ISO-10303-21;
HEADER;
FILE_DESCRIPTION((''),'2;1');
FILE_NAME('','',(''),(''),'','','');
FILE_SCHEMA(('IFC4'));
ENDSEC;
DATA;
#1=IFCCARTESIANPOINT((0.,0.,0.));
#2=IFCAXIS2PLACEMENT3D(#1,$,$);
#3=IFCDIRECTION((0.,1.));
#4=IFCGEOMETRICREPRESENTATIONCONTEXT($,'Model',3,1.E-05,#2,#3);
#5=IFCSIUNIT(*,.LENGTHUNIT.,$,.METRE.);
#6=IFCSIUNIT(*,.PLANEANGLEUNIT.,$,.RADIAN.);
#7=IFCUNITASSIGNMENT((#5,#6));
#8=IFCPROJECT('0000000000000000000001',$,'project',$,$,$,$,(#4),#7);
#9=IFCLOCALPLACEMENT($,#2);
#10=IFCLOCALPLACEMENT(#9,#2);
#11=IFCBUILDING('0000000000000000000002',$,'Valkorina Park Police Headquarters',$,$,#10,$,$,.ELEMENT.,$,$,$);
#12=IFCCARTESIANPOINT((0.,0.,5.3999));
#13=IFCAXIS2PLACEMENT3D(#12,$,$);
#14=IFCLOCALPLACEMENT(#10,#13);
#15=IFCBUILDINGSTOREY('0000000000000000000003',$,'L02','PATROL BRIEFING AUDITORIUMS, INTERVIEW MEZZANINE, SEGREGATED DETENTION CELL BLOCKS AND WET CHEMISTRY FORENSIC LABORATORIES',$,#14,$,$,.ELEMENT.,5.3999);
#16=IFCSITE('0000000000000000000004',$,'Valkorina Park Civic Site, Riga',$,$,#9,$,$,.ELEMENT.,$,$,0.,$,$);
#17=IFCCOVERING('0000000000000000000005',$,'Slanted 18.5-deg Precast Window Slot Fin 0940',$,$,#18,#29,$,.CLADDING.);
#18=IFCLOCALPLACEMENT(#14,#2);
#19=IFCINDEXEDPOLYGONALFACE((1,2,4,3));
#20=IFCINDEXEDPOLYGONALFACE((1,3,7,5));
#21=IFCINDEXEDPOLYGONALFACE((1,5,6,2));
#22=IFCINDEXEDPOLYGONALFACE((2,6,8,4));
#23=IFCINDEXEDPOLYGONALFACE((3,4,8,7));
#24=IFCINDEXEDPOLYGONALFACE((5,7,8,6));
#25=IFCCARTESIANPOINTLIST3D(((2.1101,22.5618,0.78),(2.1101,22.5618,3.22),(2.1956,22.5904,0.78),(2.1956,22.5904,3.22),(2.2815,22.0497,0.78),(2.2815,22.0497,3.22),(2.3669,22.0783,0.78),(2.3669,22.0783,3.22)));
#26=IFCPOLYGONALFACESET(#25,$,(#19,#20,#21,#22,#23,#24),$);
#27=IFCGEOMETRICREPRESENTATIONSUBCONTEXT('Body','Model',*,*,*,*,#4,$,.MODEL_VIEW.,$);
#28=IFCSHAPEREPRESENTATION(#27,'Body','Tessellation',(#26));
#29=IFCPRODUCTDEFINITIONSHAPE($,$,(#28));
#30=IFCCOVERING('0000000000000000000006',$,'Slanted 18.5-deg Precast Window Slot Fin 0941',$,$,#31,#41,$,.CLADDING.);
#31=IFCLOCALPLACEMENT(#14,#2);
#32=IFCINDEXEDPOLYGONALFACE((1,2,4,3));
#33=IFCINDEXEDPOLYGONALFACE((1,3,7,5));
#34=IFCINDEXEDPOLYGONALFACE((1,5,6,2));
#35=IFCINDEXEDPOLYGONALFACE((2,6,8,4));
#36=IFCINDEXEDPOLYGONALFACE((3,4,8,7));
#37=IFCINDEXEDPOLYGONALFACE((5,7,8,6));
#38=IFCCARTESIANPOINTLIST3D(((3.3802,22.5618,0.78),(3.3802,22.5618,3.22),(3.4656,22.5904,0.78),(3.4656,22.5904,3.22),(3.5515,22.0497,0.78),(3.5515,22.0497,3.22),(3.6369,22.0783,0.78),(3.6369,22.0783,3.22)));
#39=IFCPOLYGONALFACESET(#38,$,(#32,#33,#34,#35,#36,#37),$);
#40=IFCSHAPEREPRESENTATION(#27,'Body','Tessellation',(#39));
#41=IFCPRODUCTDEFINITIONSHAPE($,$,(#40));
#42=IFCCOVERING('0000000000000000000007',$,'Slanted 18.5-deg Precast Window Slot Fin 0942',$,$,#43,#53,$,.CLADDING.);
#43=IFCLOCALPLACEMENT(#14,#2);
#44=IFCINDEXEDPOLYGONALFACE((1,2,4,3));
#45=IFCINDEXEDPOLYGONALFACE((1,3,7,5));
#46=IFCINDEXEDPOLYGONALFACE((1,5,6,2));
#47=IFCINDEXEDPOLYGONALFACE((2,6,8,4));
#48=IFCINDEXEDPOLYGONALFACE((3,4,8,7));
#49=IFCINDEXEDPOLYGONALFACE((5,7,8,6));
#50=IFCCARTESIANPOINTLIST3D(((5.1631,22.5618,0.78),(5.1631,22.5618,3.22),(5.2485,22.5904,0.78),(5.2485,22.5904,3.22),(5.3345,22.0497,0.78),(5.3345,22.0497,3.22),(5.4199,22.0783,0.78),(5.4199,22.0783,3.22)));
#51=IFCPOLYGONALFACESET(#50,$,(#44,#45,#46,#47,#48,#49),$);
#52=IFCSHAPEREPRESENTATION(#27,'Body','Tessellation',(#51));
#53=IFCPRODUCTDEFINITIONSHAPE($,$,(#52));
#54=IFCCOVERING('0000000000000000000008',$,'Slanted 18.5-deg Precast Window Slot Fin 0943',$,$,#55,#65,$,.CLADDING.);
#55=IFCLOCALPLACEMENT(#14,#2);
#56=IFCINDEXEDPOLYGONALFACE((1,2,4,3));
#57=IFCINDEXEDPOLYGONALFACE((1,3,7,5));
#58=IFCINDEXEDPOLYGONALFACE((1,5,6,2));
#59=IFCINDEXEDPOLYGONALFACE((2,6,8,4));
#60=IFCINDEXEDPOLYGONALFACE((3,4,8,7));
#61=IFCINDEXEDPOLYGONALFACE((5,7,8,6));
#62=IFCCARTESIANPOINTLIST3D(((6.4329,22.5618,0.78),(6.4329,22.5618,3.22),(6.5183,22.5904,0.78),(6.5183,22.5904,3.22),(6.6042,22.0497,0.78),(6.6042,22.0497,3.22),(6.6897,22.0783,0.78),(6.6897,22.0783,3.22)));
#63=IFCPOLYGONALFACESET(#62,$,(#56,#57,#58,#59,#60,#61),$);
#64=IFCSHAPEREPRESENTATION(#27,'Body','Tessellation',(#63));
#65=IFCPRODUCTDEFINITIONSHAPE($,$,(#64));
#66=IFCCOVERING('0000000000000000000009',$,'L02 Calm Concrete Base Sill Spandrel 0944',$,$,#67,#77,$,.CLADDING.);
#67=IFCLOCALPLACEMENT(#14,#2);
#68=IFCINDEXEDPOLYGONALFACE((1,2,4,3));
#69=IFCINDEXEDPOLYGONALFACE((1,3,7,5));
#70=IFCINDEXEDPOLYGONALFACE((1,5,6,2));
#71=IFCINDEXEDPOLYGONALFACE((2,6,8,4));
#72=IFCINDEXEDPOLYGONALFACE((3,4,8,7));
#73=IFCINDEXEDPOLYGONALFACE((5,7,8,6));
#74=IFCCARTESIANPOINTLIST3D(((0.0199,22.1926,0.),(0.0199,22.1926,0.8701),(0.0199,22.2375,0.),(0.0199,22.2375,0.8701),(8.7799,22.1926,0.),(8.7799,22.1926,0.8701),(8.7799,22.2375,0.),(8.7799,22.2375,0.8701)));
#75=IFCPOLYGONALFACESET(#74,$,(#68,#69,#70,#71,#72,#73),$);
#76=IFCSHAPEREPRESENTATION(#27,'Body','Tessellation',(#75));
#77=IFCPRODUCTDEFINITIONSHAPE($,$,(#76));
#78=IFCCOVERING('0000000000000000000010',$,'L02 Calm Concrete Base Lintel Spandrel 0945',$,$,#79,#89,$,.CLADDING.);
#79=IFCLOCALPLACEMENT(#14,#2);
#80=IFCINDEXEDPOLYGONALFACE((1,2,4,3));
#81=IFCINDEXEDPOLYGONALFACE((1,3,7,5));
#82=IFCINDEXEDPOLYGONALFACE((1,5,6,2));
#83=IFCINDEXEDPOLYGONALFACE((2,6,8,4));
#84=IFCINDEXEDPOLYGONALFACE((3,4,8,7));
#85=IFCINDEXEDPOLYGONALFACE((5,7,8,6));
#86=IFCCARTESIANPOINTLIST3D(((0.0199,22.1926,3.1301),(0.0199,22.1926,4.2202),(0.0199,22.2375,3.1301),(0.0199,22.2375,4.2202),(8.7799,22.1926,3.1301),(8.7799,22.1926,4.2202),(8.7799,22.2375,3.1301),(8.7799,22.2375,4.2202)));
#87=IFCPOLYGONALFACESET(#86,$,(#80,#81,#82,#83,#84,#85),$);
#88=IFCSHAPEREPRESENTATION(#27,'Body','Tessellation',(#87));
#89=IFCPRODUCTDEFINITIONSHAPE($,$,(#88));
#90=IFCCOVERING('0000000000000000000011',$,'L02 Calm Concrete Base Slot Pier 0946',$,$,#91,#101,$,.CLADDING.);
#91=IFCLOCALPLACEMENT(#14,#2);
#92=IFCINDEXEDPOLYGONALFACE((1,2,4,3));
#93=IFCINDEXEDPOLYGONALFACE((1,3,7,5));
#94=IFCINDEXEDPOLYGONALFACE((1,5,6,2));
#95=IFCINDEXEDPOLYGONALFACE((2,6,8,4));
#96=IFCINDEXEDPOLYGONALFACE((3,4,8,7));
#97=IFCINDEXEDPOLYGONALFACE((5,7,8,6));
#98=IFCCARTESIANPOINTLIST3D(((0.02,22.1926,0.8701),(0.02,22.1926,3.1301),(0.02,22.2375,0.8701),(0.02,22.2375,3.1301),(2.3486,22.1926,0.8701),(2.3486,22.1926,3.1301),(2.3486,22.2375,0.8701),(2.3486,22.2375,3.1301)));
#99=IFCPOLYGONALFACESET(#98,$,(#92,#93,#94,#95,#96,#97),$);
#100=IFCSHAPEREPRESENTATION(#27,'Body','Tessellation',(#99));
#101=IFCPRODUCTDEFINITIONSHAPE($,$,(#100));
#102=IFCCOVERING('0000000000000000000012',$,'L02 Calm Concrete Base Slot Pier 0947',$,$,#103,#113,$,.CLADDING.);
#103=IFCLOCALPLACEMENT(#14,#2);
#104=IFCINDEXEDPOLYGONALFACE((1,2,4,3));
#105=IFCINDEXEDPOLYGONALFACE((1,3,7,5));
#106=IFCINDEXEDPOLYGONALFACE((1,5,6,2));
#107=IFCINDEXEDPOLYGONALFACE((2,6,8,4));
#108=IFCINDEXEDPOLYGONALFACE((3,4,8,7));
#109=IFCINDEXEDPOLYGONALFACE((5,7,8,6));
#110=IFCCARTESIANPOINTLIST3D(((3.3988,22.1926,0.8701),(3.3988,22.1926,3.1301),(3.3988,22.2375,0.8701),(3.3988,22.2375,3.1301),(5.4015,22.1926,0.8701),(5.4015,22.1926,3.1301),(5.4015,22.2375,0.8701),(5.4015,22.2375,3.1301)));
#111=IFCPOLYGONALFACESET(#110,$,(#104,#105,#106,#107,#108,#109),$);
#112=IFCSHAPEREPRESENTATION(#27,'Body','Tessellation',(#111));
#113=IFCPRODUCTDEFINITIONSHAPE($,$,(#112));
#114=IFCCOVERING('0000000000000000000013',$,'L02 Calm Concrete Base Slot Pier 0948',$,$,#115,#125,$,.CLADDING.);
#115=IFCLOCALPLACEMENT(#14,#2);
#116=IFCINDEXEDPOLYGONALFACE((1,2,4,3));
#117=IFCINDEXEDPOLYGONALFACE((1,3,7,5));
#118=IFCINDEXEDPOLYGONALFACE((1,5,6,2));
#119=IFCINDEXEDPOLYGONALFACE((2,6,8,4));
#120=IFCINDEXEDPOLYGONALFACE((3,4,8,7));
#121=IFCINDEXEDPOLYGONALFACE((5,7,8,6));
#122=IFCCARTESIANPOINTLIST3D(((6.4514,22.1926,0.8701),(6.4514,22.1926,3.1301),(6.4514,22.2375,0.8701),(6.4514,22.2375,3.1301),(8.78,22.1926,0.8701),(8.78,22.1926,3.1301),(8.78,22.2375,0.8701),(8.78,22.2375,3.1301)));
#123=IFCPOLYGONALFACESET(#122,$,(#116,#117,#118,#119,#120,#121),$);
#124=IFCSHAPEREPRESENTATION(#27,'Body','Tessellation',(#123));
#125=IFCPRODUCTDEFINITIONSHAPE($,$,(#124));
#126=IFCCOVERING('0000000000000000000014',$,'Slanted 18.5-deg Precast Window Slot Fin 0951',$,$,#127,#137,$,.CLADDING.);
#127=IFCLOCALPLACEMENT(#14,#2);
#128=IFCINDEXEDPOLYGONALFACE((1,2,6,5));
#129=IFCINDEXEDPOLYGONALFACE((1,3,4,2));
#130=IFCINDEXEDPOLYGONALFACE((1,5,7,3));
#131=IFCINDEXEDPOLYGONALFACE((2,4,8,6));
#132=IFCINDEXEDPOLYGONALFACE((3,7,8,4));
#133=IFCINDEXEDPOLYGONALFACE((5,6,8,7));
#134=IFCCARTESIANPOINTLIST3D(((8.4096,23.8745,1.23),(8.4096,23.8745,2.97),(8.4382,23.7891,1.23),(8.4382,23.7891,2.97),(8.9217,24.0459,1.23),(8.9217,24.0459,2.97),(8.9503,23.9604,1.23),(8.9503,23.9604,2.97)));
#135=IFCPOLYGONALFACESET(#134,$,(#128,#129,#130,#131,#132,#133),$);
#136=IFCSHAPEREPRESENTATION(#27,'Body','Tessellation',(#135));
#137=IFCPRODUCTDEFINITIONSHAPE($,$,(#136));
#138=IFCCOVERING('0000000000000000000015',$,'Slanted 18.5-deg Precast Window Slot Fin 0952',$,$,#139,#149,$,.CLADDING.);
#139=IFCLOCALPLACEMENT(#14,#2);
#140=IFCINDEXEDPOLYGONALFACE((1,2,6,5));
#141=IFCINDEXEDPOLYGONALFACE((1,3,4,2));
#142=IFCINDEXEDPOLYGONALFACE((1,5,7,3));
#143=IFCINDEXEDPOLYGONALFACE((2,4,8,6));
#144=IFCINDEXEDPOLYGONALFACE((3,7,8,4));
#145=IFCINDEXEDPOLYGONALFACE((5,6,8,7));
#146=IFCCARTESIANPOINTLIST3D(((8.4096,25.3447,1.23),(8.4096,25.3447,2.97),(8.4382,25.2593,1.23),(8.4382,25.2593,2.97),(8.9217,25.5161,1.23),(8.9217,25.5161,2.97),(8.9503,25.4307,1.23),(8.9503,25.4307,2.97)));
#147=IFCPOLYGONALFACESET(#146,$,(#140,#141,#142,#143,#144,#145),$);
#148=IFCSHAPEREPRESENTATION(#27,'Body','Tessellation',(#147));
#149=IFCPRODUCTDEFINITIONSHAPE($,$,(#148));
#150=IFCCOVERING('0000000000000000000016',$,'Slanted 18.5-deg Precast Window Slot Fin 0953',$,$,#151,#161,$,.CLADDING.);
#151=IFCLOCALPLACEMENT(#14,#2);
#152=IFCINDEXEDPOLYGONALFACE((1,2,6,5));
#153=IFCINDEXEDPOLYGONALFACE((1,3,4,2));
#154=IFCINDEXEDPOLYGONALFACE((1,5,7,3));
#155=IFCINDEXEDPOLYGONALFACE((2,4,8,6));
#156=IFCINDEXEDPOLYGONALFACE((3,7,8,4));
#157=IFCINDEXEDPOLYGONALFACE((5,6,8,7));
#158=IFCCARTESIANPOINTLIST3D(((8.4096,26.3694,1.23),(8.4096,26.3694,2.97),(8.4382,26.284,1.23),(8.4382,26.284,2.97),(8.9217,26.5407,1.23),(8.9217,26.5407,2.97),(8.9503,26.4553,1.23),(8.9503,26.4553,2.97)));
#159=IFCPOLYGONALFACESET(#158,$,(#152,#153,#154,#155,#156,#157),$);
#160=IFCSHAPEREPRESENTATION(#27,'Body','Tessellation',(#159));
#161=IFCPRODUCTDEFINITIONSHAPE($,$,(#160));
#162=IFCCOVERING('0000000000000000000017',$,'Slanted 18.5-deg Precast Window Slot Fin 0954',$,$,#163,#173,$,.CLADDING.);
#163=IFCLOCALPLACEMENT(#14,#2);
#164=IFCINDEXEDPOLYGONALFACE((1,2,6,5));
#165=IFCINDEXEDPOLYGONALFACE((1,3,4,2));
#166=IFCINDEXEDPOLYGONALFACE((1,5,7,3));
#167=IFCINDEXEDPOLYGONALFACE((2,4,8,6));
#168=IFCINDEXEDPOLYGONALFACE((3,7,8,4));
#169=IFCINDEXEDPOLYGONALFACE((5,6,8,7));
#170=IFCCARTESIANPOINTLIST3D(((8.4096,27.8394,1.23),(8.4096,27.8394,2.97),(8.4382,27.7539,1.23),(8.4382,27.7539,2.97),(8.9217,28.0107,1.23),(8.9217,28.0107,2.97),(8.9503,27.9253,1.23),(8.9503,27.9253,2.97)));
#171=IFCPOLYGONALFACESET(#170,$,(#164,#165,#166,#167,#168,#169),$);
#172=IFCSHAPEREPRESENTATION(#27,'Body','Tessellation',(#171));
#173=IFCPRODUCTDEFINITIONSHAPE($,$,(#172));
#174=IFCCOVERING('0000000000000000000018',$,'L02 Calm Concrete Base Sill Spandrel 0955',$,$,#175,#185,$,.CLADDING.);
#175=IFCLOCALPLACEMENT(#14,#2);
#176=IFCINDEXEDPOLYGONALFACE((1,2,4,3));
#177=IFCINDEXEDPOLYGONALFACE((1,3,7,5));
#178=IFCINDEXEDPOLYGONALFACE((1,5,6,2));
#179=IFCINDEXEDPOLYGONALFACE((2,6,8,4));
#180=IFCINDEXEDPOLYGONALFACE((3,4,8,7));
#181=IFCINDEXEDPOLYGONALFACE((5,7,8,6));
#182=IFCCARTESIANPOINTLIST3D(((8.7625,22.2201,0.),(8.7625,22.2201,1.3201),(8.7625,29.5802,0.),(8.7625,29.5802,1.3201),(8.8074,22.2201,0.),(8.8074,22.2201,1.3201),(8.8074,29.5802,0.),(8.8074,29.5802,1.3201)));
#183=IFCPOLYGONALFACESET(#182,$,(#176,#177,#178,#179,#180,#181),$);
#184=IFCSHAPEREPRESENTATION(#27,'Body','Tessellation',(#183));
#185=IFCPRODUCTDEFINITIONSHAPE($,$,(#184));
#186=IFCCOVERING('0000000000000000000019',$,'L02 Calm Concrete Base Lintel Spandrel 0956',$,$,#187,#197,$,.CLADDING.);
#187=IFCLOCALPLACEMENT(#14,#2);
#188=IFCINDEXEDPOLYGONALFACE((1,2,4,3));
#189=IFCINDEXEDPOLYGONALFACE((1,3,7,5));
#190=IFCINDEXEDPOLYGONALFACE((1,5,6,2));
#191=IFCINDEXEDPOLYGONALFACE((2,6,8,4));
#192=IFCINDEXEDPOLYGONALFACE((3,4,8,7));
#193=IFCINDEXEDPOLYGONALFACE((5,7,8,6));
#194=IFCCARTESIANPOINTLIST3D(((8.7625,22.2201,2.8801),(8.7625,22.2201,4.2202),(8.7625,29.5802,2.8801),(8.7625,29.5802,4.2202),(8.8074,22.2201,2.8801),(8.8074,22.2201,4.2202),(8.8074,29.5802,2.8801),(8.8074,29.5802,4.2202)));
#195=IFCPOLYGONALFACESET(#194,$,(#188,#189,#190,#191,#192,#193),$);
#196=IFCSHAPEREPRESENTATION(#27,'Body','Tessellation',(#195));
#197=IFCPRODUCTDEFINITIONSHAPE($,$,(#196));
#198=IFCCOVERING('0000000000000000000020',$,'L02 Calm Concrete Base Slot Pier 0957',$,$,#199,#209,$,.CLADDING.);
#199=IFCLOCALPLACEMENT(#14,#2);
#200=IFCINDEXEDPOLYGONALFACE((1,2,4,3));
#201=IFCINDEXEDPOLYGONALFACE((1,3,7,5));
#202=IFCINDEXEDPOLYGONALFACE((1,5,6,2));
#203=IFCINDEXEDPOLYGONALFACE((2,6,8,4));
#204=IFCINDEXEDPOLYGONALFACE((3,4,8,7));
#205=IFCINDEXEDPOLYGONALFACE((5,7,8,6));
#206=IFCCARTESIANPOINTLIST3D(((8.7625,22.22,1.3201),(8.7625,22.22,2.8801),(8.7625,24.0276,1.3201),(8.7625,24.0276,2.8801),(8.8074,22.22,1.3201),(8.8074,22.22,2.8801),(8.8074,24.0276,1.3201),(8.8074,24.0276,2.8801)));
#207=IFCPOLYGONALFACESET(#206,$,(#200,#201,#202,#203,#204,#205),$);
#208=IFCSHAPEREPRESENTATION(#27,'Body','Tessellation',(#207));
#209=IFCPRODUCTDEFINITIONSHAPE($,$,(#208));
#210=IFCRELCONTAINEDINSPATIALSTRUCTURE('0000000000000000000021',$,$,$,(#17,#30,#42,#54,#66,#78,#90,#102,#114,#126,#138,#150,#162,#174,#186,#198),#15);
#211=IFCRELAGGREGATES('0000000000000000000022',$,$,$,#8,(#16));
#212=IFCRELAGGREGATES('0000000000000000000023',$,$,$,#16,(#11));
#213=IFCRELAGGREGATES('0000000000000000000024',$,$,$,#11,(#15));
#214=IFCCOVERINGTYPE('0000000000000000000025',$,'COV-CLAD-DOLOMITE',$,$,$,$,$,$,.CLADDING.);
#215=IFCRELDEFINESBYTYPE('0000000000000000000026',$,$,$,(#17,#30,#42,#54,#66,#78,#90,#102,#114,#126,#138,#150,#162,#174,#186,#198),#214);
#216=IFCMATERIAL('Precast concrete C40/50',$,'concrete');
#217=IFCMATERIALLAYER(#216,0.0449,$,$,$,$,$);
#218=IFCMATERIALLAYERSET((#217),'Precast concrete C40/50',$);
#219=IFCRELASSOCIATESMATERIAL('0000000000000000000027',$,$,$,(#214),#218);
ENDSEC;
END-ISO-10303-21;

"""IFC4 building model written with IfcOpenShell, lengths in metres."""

from ifc_helpers import new_model, si_unit, direction, frame, frame_2d, origin, origin_2d, place, context, subcontext, project, spatial, rectangle, extrude, material, layer, layer_set, type_object, element, save


model = new_model("IFC4")

# Units and contexts
model_context = context("Model", 3, precision=1e-05, world=origin(), true_north=direction((0.0, 1.0)))
body_context = subcontext(model_context, "Body", "Model", "MODEL_VIEW")
ifc_project = project(units=[si_unit("LENGTHUNIT", "METRE"), si_unit("PLANEANGLEUNIT", "RADIAN")], contexts=[model_context])

# Site, building, storey
site_placement = place(None, origin())
site = spatial("IfcSite", under=ifc_project, at=site_placement, Name="Valkorina Park Civic Site, Riga", CompositionType="ELEMENT", RefElevation=0.0)
building_placement = place(site_placement, origin())
building = spatial("IfcBuilding", under=site, at=building_placement, Name="Valkorina Park Police Headquarters", CompositionType="ELEMENT")
storey_placement = place(building_placement, frame((0.0, 0.0, 5.3999)))
storey = spatial("IfcBuildingStorey", under=building, at=storey_placement, Name="L02", Description="PATROL BRIEFING AUDITORIUMS, INTERVIEW MEZZANINE, SEGREGATED DETENTION CELL BLOCKS AND WET CHEMISTRY FORENSIC LABORATORIES", CompositionType="ELEMENT", Elevation=5.3999)

# Coverings
ifc_material = material(Name="Precast concrete C40/50", Category="concrete")
ifc_layer = layer(ifc_material, 0.0449)
ifc_layer_set = layer_set([ifc_layer], Name="Precast concrete C40/50")
covering_type = type_object("IfcCoveringType", Name="COV-CLAD-DOLOMITE", PredefinedType="CLADDING", material=ifc_layer_set)
for number, where, z_axis, x_axis, name in (
    (1, (2.2385, 22.3201, 0.78), (0.0, 0.0, 1.0), (-0.317305, 0.948324, 0.0), "Slanted 18.5-deg Precast Window Slot Fin 0940"),
    (2, (3.5085, 22.3201, 0.78), (0.0, 0.0, 1.0), (-0.317305, 0.948324, 0.0), "Slanted 18.5-deg Precast Window Slot Fin 0941"),
    (3, (5.2915, 22.3201, 0.78), (0.0, 0.0, 1.0), (-0.317305, 0.948324, 0.0), "Slanted 18.5-deg Precast Window Slot Fin 0942"),
    (4, (6.5613, 22.3201, 0.78), (0.0, 0.0, 1.0), (-0.317305, 0.948324, 0.0), "Slanted 18.5-deg Precast Window Slot Fin 0943"),
):
    element("IfcCovering", number, at=place(storey_placement, frame(where, z_axis=z_axis, x_axis=x_axis)), inside=storey, type_object=covering_type, Name=name, PredefinedType="CLADDING", context=body_context, shape_type="SweptSolid", body=[
        extrude(rectangle(XDim=0.54, YDim=0.0901, at=origin_2d()), origin(), (0.0, 0.0, 1.0), 2.4399),
    ])
covering_1_placement = place(storey_placement, frame((0.02, 22.2151, 0.0), z_axis=(0.0, 0.0, 1.0), x_axis=(1.0, 0.0, 0.0)))
element("IfcCovering", 5, at=covering_1_placement, inside=storey, type_object=covering_type, Name="L02 Calm Concrete Base Sill Spandrel 0944", PredefinedType="CLADDING", context=body_context, shape_type="SweptSolid", body=[
    extrude(rectangle(XDim=8.76, YDim=0.0449, at=frame_2d((4.3799, 0.0))), origin(), (0.0, 0.0, 1.0), 0.8701),
])
covering_2_placement = place(storey_placement, frame((0.02, 22.2151, 3.1301), z_axis=(0.0, 0.0, 1.0), x_axis=(1.0, 0.0, 0.0)))
element("IfcCovering", 6, at=covering_2_placement, inside=storey, type_object=covering_type, Name="L02 Calm Concrete Base Lintel Spandrel 0945", PredefinedType="CLADDING", context=body_context, shape_type="SweptSolid", body=[
    extrude(rectangle(XDim=8.76, YDim=0.0449, at=frame_2d((4.3799, 0.0))), origin(), (0.0, 0.0, 1.0), 1.0901),
])
covering_3_placement = place(storey_placement, frame((0.02, 22.2151, 0.8701), z_axis=(0.0, 0.0, 1.0), x_axis=(1.0, 0.0, 0.0)))
element("IfcCovering", 7, at=covering_3_placement, inside=storey, type_object=covering_type, Name="L02 Calm Concrete Base Slot Pier 0946", PredefinedType="CLADDING", context=body_context, shape_type="SweptSolid", body=[
    extrude(rectangle(XDim=2.3286, YDim=0.0449, at=frame_2d((1.1643, 0.0))), origin(), (0.0, 0.0, 1.0), 2.26),
])
covering_4_placement = place(storey_placement, frame((3.3987, 22.2151, 0.8701), z_axis=(0.0, 0.0, 1.0), x_axis=(1.0, 0.0, 0.0)))
element("IfcCovering", 8, at=covering_4_placement, inside=storey, type_object=covering_type, Name="L02 Calm Concrete Base Slot Pier 0947", PredefinedType="CLADDING", context=body_context, shape_type="SweptSolid", body=[
    extrude(rectangle(XDim=2.0027, YDim=0.0449, at=frame_2d((1.0015, 0.0))), origin(), (0.0, 0.0, 1.0), 2.26),
])
covering_5_placement = place(storey_placement, frame((6.4514, 22.2151, 0.8701), z_axis=(0.0, 0.0, 1.0), x_axis=(1.0, 0.0, 0.0)))
element("IfcCovering", 9, at=covering_5_placement, inside=storey, type_object=covering_type, Name="L02 Calm Concrete Base Slot Pier 0948", PredefinedType="CLADDING", context=body_context, shape_type="SweptSolid", body=[
    extrude(rectangle(XDim=2.3286, YDim=0.0449, at=frame_2d((1.1643, 0.0))), origin(), (0.0, 0.0, 1.0), 2.26),
])
for number, where, z_axis, x_axis, name in (
    (10, (8.6799, 23.9175, 1.23), (0.0, 0.0, 1.0), (-0.948324, -0.317305, 0.0), "Slanted 18.5-deg Precast Window Slot Fin 0951"),
    (11, (8.6799, 25.3877, 1.23), (0.0, 0.0, 1.0), (-0.948324, -0.317305, 0.0), "Slanted 18.5-deg Precast Window Slot Fin 0952"),
    (12, (8.6799, 26.4124, 1.23), (0.0, 0.0, 1.0), (-0.948324, -0.317305, 0.0), "Slanted 18.5-deg Precast Window Slot Fin 0953"),
    (13, (8.6799, 27.8823, 1.23), (0.0, 0.0, 1.0), (-0.948324, -0.317305, 0.0), "Slanted 18.5-deg Precast Window Slot Fin 0954"),
):
    element("IfcCovering", number, at=place(storey_placement, frame(where, z_axis=z_axis, x_axis=x_axis)), inside=storey, type_object=covering_type, Name=name, PredefinedType="CLADDING", context=body_context, shape_type="SweptSolid", body=[
        extrude(rectangle(XDim=0.54, YDim=0.0901, at=origin_2d()), origin(), (0.0, 0.0, 1.0), 1.74),
    ])
covering_6_placement = place(storey_placement, frame((8.7849, 22.22, 0.0), z_axis=(0.0, 0.0, 1.0), x_axis=(0.0, 1.0, 0.0)))
element("IfcCovering", 14, at=covering_6_placement, inside=storey, type_object=covering_type, Name="L02 Calm Concrete Base Sill Spandrel 0955", PredefinedType="CLADDING", context=body_context, shape_type="SweptSolid", body=[
    extrude(rectangle(XDim=7.3601, YDim=0.0449, at=frame_2d((3.6802, 0.0))), origin(), (0.0, 0.0, 1.0), 1.3201),
])
covering_7_placement = place(storey_placement, frame((8.7849, 22.22, 2.8801), z_axis=(0.0, 0.0, 1.0), x_axis=(0.0, 1.0, 0.0)))
element("IfcCovering", 15, at=covering_7_placement, inside=storey, type_object=covering_type, Name="L02 Calm Concrete Base Lintel Spandrel 0956", PredefinedType="CLADDING", context=body_context, shape_type="SweptSolid", body=[
    extrude(rectangle(XDim=7.3601, YDim=0.0449, at=frame_2d((3.6802, 0.0))), origin(), (0.0, 0.0, 1.0), 1.3401),
])
covering_8_placement = place(storey_placement, frame((8.7849, 22.22, 1.3201), z_axis=(0.0, 0.0, 1.0), x_axis=(0.0, 1.0, 0.0)))
element("IfcCovering", 16, at=covering_8_placement, inside=storey, type_object=covering_type, Name="L02 Calm Concrete Base Slot Pier 0957", PredefinedType="CLADDING", context=body_context, shape_type="SweptSolid", body=[
    extrude(rectangle(XDim=1.8076, YDim=0.0449, at=frame_2d((0.9038, 0.0))), origin(), (0.0, 0.0, 1.0), 1.5601),
])

save(model, "model.ifc")
